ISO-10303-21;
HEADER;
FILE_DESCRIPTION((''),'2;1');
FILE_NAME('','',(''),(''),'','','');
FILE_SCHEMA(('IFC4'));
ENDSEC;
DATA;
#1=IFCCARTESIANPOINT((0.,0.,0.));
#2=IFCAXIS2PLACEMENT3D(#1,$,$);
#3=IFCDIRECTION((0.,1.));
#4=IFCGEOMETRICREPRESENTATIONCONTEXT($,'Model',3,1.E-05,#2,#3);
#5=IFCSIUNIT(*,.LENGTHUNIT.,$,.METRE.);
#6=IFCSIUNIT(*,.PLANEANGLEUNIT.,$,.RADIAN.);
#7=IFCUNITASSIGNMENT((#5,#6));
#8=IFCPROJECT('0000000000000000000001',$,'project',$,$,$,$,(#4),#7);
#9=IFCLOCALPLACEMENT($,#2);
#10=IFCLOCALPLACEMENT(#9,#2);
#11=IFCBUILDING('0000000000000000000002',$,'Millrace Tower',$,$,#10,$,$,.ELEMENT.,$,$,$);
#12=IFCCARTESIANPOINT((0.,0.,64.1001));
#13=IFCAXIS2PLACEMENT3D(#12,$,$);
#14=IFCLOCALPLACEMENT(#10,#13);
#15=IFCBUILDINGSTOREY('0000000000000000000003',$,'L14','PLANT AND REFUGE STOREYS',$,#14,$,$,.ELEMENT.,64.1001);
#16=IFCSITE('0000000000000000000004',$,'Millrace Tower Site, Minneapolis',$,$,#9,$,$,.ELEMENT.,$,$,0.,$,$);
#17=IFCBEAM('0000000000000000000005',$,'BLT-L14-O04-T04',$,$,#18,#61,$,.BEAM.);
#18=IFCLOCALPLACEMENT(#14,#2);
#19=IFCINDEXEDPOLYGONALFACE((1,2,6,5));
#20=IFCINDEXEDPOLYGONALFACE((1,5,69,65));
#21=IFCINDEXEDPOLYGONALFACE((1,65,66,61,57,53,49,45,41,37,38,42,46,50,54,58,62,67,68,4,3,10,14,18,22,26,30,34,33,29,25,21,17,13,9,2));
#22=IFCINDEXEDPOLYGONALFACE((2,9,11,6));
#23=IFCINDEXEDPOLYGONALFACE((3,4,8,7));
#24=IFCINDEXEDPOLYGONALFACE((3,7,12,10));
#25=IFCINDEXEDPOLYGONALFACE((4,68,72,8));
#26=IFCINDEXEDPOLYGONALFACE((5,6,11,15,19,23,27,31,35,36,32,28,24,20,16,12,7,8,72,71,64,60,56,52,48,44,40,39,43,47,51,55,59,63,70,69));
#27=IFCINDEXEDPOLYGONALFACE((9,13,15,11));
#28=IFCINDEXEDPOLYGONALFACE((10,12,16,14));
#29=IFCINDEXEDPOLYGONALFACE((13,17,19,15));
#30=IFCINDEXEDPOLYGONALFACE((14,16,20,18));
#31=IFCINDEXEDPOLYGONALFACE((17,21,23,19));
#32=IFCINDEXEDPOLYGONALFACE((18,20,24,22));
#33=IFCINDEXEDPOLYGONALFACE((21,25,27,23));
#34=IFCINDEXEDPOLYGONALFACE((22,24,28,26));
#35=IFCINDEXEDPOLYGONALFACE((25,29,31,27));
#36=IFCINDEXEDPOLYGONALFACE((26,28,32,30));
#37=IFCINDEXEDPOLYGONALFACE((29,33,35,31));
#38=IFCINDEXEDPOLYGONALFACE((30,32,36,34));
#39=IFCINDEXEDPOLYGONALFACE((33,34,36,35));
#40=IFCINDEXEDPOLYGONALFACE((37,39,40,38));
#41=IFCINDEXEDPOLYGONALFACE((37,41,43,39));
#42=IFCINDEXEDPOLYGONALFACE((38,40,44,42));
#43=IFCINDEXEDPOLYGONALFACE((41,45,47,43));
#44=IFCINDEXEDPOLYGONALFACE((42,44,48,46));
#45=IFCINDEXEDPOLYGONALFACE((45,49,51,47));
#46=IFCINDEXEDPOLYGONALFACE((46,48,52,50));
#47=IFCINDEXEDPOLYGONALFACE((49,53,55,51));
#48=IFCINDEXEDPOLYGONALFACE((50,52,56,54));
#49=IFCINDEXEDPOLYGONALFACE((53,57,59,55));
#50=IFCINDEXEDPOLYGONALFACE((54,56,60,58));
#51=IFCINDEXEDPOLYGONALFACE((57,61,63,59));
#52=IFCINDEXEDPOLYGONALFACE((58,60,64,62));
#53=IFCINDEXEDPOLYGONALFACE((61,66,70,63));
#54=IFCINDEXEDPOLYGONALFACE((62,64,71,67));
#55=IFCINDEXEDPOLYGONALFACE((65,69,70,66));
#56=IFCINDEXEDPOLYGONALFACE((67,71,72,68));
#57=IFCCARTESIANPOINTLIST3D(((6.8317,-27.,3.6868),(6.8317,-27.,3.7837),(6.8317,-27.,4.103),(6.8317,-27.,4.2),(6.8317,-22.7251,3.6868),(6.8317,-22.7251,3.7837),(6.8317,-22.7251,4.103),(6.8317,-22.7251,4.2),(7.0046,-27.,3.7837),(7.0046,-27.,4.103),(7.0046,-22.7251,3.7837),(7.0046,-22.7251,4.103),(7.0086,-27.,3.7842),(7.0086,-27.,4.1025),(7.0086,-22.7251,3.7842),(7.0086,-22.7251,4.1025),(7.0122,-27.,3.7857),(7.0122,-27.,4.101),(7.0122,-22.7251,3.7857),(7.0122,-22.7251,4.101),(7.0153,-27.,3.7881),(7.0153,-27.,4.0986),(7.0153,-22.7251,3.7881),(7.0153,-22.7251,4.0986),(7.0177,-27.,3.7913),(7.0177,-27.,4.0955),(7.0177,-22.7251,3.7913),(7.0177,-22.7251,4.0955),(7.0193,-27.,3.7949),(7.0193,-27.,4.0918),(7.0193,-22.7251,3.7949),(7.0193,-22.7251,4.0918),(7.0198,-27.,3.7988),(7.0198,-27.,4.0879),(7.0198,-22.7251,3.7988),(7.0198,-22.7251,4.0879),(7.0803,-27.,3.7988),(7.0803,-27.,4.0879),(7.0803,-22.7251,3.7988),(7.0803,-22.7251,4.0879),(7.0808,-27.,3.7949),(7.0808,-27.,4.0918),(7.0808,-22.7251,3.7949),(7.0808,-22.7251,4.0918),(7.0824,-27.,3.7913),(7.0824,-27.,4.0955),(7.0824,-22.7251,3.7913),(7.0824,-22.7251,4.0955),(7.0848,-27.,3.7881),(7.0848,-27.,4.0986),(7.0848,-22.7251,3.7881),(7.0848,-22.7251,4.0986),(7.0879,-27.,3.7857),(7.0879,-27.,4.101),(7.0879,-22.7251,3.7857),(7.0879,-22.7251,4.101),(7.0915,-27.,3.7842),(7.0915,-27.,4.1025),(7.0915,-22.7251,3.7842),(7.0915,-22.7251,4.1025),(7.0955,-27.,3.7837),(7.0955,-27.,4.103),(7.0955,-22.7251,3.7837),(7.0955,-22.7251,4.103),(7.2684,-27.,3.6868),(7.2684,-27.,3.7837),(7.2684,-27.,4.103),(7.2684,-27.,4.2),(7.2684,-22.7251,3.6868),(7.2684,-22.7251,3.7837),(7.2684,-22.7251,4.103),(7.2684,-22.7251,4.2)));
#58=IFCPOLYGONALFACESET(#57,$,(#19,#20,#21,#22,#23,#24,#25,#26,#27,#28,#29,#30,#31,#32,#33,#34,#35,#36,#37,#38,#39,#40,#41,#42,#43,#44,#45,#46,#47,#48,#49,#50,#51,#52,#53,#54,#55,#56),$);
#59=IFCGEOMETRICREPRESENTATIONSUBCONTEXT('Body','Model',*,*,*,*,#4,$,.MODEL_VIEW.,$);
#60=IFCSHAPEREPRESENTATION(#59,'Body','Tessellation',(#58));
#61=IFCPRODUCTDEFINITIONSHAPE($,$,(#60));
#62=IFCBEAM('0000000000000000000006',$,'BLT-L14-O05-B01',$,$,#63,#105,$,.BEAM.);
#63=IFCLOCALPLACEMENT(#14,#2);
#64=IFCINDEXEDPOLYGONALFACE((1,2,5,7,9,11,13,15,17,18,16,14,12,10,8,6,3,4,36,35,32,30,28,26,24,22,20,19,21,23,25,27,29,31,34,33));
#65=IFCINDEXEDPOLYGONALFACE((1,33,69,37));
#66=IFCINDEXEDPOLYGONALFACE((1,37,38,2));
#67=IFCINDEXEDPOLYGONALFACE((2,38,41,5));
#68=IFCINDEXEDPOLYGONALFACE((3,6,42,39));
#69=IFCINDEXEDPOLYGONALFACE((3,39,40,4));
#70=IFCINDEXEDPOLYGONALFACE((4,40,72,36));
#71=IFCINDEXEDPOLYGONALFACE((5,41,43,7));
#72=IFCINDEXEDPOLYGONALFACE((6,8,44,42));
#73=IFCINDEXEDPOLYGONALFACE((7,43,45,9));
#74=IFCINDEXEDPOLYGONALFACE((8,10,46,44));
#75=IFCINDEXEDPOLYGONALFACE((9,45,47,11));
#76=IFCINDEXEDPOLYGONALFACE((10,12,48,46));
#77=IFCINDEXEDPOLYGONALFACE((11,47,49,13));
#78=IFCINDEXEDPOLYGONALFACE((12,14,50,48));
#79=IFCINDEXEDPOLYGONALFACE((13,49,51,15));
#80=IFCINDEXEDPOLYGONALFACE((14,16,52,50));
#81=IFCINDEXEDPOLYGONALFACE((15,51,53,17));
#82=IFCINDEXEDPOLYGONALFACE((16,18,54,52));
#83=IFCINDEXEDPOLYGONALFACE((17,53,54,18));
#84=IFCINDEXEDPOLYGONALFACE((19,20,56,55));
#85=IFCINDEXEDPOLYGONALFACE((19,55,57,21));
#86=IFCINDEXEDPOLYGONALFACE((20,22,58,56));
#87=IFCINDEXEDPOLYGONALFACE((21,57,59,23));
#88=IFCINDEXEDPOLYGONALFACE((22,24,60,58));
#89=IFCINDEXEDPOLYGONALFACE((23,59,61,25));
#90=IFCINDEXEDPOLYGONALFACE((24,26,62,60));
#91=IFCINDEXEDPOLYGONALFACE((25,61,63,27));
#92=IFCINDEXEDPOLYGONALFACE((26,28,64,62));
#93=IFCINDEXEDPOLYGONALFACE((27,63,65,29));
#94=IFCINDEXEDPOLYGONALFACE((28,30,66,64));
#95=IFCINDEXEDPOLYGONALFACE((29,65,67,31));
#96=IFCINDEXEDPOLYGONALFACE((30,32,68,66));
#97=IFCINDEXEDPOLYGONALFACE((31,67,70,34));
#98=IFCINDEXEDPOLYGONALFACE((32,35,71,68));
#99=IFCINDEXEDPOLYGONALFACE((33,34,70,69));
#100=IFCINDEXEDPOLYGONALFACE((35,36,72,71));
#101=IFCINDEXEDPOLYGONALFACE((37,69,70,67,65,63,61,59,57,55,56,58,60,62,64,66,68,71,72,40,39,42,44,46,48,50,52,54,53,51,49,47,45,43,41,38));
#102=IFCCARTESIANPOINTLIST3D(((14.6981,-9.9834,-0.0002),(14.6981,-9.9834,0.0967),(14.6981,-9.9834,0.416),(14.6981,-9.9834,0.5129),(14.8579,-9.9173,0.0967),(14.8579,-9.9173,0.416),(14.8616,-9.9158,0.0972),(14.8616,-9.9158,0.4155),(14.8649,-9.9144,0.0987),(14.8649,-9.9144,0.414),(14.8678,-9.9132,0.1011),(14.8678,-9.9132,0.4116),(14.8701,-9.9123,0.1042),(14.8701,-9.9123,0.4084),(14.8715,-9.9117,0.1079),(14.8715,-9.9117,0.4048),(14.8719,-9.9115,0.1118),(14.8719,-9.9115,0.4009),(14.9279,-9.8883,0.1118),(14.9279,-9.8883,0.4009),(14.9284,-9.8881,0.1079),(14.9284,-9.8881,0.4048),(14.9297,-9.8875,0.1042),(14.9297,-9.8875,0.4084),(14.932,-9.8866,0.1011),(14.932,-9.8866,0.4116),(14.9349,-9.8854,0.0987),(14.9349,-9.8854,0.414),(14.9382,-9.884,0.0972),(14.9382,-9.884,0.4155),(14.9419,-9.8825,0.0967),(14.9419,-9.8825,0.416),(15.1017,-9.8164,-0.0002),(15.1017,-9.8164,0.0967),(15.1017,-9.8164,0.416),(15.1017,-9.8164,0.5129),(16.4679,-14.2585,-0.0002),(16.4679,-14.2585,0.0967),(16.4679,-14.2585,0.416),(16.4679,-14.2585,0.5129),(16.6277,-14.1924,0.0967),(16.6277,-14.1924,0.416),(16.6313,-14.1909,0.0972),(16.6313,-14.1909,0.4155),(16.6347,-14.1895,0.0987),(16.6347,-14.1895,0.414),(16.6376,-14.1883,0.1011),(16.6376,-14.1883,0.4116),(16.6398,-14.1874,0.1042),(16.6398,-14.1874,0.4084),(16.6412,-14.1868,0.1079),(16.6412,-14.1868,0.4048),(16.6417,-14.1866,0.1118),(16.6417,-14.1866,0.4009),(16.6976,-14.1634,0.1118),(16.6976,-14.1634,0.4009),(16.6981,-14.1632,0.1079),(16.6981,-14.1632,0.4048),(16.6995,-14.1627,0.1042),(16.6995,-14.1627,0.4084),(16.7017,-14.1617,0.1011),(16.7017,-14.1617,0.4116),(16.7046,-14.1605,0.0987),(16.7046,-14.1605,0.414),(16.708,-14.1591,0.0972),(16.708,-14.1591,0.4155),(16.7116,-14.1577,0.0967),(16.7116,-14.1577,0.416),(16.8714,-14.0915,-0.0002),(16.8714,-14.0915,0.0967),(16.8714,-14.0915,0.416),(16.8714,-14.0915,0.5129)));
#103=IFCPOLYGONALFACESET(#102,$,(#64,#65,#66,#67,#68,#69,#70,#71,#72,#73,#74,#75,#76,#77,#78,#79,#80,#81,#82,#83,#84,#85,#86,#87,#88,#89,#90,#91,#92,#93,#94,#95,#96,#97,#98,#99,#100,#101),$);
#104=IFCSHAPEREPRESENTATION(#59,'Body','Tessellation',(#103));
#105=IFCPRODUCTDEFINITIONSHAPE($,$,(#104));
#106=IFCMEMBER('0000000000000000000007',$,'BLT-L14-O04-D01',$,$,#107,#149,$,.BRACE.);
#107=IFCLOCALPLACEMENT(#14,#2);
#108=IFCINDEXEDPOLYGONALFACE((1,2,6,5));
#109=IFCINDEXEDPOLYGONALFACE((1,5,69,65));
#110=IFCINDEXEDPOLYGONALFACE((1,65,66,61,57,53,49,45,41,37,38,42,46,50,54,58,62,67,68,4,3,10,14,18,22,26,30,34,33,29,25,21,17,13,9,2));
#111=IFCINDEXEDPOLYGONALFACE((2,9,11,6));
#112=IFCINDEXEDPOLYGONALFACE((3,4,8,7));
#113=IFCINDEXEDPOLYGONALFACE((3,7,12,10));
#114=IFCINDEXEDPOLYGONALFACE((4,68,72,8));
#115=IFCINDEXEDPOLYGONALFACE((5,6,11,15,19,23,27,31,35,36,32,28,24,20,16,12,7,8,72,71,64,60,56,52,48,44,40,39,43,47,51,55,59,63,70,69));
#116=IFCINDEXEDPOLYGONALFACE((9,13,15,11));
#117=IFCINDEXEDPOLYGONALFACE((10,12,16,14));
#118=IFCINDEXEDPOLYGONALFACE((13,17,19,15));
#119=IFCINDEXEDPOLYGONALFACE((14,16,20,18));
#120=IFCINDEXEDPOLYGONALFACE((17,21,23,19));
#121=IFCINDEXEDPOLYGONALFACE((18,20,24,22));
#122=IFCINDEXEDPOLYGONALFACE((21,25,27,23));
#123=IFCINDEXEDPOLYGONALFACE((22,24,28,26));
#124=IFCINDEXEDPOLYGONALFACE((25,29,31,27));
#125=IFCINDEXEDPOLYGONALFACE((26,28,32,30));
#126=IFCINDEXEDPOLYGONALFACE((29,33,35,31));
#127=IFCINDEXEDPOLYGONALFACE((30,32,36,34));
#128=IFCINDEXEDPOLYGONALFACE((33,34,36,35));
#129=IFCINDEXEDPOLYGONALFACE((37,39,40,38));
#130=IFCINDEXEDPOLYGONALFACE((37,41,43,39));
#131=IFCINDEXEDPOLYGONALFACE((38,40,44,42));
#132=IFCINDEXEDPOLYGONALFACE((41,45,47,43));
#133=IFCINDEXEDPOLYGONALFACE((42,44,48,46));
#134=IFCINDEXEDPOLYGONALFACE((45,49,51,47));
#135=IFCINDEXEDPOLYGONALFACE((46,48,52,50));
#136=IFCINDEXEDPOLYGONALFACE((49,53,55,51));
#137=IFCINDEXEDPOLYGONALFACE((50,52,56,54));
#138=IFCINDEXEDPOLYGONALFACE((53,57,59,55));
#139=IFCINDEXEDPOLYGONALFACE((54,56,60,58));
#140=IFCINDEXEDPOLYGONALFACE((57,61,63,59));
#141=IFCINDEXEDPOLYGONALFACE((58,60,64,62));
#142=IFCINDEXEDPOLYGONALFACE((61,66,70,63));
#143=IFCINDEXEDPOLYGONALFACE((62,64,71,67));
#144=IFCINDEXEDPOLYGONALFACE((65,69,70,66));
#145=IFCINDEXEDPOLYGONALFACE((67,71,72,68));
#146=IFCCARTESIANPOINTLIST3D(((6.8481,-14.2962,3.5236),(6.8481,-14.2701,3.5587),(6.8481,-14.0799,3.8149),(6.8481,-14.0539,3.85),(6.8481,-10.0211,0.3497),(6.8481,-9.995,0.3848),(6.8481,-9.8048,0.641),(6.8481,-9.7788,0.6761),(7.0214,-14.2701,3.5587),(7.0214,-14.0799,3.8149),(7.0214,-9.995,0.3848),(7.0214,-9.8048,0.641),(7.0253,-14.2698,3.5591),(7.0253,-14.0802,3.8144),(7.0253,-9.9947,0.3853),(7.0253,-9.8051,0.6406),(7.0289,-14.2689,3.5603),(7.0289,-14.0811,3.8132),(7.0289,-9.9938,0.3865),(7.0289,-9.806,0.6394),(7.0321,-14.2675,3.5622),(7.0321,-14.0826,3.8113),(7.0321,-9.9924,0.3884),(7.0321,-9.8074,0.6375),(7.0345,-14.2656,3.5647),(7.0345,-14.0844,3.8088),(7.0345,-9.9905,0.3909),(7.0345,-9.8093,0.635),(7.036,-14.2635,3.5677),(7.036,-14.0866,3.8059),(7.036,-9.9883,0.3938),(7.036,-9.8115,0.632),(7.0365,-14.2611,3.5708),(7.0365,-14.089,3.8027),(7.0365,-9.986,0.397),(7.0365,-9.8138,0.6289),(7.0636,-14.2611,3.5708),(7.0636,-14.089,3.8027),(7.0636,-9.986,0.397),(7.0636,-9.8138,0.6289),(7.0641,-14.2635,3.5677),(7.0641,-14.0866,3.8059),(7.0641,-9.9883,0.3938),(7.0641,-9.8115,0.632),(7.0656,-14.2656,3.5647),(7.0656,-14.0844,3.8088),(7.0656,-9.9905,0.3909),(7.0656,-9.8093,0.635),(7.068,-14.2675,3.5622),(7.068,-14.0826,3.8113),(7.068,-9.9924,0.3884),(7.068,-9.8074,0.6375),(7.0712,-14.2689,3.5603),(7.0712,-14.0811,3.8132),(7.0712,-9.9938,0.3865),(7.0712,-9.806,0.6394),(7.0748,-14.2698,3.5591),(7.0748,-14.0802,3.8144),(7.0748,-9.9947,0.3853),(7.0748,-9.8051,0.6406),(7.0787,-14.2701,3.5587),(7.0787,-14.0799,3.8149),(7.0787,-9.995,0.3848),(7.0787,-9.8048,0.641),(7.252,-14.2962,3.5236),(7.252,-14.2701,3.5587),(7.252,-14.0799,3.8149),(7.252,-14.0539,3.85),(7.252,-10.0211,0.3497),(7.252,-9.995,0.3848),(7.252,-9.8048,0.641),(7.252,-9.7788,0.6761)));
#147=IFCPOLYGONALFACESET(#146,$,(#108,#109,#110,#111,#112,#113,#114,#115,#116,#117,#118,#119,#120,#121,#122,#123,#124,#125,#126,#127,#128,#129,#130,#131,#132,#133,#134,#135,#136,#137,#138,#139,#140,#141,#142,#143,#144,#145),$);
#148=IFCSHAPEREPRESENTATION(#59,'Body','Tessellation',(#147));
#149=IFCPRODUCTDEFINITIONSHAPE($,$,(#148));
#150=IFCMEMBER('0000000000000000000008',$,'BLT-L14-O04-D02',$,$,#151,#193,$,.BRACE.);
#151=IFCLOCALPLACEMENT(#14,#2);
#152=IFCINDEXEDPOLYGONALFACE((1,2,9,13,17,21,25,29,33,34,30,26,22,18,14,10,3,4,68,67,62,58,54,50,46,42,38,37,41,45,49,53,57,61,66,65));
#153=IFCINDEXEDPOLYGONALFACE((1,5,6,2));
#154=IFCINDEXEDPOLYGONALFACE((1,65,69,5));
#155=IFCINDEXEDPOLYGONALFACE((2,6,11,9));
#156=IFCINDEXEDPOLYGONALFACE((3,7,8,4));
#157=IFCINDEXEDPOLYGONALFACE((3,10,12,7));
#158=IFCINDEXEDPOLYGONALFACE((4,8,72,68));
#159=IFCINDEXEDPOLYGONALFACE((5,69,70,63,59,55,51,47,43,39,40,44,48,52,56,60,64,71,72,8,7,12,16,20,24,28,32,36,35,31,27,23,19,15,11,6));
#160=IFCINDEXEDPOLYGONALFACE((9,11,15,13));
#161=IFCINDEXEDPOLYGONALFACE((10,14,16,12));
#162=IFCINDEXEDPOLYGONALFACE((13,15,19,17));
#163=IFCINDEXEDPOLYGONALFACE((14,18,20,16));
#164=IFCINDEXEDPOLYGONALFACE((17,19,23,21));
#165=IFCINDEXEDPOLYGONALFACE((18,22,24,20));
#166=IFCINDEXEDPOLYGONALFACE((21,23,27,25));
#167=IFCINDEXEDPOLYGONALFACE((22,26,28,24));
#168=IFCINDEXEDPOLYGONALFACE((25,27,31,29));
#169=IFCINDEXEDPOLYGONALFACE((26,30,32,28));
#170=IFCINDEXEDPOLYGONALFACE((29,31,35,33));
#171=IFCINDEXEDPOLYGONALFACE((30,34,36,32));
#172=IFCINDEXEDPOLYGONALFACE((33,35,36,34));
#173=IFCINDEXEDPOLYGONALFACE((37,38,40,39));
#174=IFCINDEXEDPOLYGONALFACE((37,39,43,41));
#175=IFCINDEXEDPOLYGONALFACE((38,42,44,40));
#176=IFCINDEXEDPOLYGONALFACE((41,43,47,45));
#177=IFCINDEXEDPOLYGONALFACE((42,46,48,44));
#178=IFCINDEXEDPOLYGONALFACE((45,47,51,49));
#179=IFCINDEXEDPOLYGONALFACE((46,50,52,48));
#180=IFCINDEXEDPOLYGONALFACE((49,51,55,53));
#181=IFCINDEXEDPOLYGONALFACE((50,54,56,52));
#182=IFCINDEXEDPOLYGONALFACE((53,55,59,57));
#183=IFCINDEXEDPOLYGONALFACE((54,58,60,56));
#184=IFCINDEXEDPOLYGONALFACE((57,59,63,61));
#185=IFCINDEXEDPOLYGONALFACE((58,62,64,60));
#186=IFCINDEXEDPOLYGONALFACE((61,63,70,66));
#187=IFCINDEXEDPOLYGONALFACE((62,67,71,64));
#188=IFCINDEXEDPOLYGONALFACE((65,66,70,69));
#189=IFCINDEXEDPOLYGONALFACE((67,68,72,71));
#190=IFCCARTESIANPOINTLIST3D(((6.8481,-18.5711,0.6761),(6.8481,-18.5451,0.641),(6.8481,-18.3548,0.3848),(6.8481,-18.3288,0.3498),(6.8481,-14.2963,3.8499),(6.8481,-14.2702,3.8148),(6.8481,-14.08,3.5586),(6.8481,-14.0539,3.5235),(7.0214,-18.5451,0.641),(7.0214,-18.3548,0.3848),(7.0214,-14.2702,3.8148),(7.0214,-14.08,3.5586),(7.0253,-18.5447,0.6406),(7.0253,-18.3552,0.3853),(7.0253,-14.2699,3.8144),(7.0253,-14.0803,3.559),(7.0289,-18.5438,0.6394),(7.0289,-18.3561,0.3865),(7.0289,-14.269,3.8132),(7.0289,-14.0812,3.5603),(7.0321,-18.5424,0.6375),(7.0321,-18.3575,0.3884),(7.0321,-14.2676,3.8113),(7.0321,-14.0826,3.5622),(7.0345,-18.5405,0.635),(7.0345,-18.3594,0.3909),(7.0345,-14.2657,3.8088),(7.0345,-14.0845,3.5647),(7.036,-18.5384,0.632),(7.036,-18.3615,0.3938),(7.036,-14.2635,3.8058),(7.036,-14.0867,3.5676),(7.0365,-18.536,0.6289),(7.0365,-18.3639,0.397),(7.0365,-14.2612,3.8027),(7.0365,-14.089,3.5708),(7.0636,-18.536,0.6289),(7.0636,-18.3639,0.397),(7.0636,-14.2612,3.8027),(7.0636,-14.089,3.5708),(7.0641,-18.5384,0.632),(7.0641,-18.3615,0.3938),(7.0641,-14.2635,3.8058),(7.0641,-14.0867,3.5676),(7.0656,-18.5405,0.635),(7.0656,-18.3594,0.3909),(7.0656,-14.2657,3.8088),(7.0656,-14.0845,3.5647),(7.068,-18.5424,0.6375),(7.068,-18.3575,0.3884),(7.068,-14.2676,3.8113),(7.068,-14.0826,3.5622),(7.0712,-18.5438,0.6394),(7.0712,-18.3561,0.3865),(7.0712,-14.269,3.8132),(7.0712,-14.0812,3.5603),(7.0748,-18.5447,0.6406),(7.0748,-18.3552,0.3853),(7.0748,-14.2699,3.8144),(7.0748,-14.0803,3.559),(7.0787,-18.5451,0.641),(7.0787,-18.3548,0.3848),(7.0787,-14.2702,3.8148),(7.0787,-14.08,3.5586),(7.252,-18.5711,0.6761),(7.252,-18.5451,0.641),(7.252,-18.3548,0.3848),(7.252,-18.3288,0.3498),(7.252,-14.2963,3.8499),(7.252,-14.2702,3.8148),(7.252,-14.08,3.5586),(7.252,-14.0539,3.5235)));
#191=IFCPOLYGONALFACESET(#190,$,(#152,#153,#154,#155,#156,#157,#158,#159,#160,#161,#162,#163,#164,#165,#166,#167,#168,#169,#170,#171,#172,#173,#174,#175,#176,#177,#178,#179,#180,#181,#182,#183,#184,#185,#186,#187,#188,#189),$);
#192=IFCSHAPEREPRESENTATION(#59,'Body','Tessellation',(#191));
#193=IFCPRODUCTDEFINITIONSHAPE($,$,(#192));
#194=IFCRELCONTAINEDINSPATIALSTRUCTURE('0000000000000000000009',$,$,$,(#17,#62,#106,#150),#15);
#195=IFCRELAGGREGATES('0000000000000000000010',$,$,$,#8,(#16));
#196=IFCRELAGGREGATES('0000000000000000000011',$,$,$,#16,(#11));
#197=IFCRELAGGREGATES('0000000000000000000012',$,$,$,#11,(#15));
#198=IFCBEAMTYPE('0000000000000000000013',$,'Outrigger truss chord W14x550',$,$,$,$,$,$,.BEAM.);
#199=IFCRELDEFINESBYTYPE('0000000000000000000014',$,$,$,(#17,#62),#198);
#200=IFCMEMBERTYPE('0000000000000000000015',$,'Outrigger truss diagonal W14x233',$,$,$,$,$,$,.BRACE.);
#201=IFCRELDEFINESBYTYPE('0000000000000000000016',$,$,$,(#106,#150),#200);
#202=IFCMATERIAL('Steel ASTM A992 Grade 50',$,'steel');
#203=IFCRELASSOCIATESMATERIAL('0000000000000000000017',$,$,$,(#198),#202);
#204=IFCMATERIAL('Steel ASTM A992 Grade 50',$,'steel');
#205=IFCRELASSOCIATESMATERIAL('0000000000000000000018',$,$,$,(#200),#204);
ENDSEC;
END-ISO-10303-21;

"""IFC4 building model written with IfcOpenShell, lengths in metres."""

from ifc_helpers import new_model, si_unit, direction, frame, origin, origin_2d, place, context, subcontext, project, spatial, i_section, extrude, material, material_profile, profile_set, type_object, element, save


model = new_model("IFC4")

# Units and contexts
model_context = context("Model", 3, precision=1e-05, world=origin(), true_north=direction((0.0, 1.0)))
body_context = subcontext(model_context, "Body", "Model", "MODEL_VIEW")
ifc_project = project(units=[si_unit("LENGTHUNIT", "METRE"), si_unit("PLANEANGLEUNIT", "RADIAN")], contexts=[model_context])

# Site, building, storey
site_placement = place(None, origin())
site = spatial("IfcSite", under=ifc_project, at=site_placement, Name="Millrace Tower Site, Minneapolis", CompositionType="ELEMENT", RefElevation=0.0)
building_placement = place(site_placement, origin())
building = spatial("IfcBuilding", under=site, at=building_placement, Name="Millrace Tower", CompositionType="ELEMENT")
storey_placement = place(building_placement, frame((0.0, 0.0, 64.1001)))
storey = spatial("IfcBuildingStorey", under=building, at=storey_placement, Name="L14", Description="PLANT AND REFUGE STOREYS", CompositionType="ELEMENT", Elevation=64.1001)

# Beams
ifc_material_1 = material(Name="Steel ASTM A992 Grade 50", Category="steel")
ifc_material_profile_1 = material_profile(ifc_material_1, i_section(OverallWidth=0.4368, OverallDepth=0.5132, WebThickness=0.0605, FlangeThickness=0.0969, FilletRadius=0.0151, at=origin_2d()))
ifc_profile_set_1 = profile_set([ifc_material_profile_1], Name="Steel ASTM A992 Grade 50")
beam_type_1 = type_object("IfcBeamType", Name="Outrigger truss chord W14x550", PredefinedType="BEAM", material=ifc_profile_set_1)
for number, where, z_axis, x_axis, name in (
    (1, (7.05, -22.7251, 3.9434), (0.0, -1.0, 0.0), (1.0, 0.0, 0.0), "BLT-L14-O04-T04"),
):
    element("IfcBeam", number, at=place(storey_placement, frame(where, z_axis=z_axis, x_axis=x_axis)), inside=storey, type_object=beam_type_1, Name=name, PredefinedType="BEAM", context=body_context, shape_type="SweptSolid", body=[
        extrude(i_section(OverallWidth=0.4368, OverallDepth=0.5132, WebThickness=0.0605, FlangeThickness=0.0969, FilletRadius=0.0151, at=origin_2d()), origin(), (0.0, 0.0, 1.0), 4.2749),
    ])
beam_1_placement = place(storey_placement, frame((14.8999, -9.8999, 0.2563), z_axis=(0.38249, -0.92396, 0.0), x_axis=(0.92396, 0.38249, 0.0)))
element("IfcBeam", 2, at=beam_1_placement, inside=storey, type_object=beam_type_1, Name="BLT-L14-O05-B01", PredefinedType="BEAM", context=body_context, shape_type="SweptSolid", body=[
    extrude(i_section(OverallWidth=0.4368, OverallDepth=0.5132, WebThickness=0.0605, FlangeThickness=0.0969, FilletRadius=0.0151, at=origin_2d()), origin(), (0.0, 0.0, 1.0), 4.627),
])

# Members
ifc_material_2 = material(Name="Steel ASTM A992 Grade 50", Category="steel")
ifc_material_profile_2 = material_profile(ifc_material_2, i_section(OverallWidth=0.4038, OverallDepth=0.4065, WebThickness=0.0271, FlangeThickness=0.0437, FilletRadius=0.0151, at=origin_2d()))
ifc_profile_set_2 = profile_set([ifc_material_profile_2], Name="Steel ASTM A992 Grade 50")
member_type_1 = type_object("IfcMemberType", Name="Outrigger truss diagonal W14x233", PredefinedType="BRACE", material=ifc_profile_set_2)
member_1_placement = place(storey_placement, frame((7.05, -9.8999, 0.5129), z_axis=(0.0, -0.802923, 0.596083), x_axis=(1.0, 0.0, 0.0)))
element("IfcMember", 3, at=member_1_placement, inside=storey, type_object=member_type_1, Name="BLT-L14-O04-D01", PredefinedType="BRACE", context=body_context, shape_type="SweptSolid", body=[
    extrude(i_section(OverallWidth=0.4038, OverallDepth=0.4065, WebThickness=0.0271, FlangeThickness=0.0437, FilletRadius=0.0151, at=origin_2d()), origin(), (0.0, 0.0, 1.0), 5.3245),
])
member_2_placement = place(storey_placement, frame((7.05, -18.45, 0.5129), z_axis=(0.0, 0.802907, 0.596104), x_axis=(-1.0, 0.0, 0.0)))
element("IfcMember", 4, at=member_2_placement, inside=storey, type_object=member_type_1, Name="BLT-L14-O04-D02", PredefinedType="BRACE", context=body_context, shape_type="SweptSolid", body=[
    extrude(i_section(OverallWidth=0.4038, OverallDepth=0.4065, WebThickness=0.0271, FlangeThickness=0.0437, FilletRadius=0.0151, at=origin_2d()), origin(), (0.0, 0.0, 1.0), 5.3242),
])

save(model, "model.ifc")
